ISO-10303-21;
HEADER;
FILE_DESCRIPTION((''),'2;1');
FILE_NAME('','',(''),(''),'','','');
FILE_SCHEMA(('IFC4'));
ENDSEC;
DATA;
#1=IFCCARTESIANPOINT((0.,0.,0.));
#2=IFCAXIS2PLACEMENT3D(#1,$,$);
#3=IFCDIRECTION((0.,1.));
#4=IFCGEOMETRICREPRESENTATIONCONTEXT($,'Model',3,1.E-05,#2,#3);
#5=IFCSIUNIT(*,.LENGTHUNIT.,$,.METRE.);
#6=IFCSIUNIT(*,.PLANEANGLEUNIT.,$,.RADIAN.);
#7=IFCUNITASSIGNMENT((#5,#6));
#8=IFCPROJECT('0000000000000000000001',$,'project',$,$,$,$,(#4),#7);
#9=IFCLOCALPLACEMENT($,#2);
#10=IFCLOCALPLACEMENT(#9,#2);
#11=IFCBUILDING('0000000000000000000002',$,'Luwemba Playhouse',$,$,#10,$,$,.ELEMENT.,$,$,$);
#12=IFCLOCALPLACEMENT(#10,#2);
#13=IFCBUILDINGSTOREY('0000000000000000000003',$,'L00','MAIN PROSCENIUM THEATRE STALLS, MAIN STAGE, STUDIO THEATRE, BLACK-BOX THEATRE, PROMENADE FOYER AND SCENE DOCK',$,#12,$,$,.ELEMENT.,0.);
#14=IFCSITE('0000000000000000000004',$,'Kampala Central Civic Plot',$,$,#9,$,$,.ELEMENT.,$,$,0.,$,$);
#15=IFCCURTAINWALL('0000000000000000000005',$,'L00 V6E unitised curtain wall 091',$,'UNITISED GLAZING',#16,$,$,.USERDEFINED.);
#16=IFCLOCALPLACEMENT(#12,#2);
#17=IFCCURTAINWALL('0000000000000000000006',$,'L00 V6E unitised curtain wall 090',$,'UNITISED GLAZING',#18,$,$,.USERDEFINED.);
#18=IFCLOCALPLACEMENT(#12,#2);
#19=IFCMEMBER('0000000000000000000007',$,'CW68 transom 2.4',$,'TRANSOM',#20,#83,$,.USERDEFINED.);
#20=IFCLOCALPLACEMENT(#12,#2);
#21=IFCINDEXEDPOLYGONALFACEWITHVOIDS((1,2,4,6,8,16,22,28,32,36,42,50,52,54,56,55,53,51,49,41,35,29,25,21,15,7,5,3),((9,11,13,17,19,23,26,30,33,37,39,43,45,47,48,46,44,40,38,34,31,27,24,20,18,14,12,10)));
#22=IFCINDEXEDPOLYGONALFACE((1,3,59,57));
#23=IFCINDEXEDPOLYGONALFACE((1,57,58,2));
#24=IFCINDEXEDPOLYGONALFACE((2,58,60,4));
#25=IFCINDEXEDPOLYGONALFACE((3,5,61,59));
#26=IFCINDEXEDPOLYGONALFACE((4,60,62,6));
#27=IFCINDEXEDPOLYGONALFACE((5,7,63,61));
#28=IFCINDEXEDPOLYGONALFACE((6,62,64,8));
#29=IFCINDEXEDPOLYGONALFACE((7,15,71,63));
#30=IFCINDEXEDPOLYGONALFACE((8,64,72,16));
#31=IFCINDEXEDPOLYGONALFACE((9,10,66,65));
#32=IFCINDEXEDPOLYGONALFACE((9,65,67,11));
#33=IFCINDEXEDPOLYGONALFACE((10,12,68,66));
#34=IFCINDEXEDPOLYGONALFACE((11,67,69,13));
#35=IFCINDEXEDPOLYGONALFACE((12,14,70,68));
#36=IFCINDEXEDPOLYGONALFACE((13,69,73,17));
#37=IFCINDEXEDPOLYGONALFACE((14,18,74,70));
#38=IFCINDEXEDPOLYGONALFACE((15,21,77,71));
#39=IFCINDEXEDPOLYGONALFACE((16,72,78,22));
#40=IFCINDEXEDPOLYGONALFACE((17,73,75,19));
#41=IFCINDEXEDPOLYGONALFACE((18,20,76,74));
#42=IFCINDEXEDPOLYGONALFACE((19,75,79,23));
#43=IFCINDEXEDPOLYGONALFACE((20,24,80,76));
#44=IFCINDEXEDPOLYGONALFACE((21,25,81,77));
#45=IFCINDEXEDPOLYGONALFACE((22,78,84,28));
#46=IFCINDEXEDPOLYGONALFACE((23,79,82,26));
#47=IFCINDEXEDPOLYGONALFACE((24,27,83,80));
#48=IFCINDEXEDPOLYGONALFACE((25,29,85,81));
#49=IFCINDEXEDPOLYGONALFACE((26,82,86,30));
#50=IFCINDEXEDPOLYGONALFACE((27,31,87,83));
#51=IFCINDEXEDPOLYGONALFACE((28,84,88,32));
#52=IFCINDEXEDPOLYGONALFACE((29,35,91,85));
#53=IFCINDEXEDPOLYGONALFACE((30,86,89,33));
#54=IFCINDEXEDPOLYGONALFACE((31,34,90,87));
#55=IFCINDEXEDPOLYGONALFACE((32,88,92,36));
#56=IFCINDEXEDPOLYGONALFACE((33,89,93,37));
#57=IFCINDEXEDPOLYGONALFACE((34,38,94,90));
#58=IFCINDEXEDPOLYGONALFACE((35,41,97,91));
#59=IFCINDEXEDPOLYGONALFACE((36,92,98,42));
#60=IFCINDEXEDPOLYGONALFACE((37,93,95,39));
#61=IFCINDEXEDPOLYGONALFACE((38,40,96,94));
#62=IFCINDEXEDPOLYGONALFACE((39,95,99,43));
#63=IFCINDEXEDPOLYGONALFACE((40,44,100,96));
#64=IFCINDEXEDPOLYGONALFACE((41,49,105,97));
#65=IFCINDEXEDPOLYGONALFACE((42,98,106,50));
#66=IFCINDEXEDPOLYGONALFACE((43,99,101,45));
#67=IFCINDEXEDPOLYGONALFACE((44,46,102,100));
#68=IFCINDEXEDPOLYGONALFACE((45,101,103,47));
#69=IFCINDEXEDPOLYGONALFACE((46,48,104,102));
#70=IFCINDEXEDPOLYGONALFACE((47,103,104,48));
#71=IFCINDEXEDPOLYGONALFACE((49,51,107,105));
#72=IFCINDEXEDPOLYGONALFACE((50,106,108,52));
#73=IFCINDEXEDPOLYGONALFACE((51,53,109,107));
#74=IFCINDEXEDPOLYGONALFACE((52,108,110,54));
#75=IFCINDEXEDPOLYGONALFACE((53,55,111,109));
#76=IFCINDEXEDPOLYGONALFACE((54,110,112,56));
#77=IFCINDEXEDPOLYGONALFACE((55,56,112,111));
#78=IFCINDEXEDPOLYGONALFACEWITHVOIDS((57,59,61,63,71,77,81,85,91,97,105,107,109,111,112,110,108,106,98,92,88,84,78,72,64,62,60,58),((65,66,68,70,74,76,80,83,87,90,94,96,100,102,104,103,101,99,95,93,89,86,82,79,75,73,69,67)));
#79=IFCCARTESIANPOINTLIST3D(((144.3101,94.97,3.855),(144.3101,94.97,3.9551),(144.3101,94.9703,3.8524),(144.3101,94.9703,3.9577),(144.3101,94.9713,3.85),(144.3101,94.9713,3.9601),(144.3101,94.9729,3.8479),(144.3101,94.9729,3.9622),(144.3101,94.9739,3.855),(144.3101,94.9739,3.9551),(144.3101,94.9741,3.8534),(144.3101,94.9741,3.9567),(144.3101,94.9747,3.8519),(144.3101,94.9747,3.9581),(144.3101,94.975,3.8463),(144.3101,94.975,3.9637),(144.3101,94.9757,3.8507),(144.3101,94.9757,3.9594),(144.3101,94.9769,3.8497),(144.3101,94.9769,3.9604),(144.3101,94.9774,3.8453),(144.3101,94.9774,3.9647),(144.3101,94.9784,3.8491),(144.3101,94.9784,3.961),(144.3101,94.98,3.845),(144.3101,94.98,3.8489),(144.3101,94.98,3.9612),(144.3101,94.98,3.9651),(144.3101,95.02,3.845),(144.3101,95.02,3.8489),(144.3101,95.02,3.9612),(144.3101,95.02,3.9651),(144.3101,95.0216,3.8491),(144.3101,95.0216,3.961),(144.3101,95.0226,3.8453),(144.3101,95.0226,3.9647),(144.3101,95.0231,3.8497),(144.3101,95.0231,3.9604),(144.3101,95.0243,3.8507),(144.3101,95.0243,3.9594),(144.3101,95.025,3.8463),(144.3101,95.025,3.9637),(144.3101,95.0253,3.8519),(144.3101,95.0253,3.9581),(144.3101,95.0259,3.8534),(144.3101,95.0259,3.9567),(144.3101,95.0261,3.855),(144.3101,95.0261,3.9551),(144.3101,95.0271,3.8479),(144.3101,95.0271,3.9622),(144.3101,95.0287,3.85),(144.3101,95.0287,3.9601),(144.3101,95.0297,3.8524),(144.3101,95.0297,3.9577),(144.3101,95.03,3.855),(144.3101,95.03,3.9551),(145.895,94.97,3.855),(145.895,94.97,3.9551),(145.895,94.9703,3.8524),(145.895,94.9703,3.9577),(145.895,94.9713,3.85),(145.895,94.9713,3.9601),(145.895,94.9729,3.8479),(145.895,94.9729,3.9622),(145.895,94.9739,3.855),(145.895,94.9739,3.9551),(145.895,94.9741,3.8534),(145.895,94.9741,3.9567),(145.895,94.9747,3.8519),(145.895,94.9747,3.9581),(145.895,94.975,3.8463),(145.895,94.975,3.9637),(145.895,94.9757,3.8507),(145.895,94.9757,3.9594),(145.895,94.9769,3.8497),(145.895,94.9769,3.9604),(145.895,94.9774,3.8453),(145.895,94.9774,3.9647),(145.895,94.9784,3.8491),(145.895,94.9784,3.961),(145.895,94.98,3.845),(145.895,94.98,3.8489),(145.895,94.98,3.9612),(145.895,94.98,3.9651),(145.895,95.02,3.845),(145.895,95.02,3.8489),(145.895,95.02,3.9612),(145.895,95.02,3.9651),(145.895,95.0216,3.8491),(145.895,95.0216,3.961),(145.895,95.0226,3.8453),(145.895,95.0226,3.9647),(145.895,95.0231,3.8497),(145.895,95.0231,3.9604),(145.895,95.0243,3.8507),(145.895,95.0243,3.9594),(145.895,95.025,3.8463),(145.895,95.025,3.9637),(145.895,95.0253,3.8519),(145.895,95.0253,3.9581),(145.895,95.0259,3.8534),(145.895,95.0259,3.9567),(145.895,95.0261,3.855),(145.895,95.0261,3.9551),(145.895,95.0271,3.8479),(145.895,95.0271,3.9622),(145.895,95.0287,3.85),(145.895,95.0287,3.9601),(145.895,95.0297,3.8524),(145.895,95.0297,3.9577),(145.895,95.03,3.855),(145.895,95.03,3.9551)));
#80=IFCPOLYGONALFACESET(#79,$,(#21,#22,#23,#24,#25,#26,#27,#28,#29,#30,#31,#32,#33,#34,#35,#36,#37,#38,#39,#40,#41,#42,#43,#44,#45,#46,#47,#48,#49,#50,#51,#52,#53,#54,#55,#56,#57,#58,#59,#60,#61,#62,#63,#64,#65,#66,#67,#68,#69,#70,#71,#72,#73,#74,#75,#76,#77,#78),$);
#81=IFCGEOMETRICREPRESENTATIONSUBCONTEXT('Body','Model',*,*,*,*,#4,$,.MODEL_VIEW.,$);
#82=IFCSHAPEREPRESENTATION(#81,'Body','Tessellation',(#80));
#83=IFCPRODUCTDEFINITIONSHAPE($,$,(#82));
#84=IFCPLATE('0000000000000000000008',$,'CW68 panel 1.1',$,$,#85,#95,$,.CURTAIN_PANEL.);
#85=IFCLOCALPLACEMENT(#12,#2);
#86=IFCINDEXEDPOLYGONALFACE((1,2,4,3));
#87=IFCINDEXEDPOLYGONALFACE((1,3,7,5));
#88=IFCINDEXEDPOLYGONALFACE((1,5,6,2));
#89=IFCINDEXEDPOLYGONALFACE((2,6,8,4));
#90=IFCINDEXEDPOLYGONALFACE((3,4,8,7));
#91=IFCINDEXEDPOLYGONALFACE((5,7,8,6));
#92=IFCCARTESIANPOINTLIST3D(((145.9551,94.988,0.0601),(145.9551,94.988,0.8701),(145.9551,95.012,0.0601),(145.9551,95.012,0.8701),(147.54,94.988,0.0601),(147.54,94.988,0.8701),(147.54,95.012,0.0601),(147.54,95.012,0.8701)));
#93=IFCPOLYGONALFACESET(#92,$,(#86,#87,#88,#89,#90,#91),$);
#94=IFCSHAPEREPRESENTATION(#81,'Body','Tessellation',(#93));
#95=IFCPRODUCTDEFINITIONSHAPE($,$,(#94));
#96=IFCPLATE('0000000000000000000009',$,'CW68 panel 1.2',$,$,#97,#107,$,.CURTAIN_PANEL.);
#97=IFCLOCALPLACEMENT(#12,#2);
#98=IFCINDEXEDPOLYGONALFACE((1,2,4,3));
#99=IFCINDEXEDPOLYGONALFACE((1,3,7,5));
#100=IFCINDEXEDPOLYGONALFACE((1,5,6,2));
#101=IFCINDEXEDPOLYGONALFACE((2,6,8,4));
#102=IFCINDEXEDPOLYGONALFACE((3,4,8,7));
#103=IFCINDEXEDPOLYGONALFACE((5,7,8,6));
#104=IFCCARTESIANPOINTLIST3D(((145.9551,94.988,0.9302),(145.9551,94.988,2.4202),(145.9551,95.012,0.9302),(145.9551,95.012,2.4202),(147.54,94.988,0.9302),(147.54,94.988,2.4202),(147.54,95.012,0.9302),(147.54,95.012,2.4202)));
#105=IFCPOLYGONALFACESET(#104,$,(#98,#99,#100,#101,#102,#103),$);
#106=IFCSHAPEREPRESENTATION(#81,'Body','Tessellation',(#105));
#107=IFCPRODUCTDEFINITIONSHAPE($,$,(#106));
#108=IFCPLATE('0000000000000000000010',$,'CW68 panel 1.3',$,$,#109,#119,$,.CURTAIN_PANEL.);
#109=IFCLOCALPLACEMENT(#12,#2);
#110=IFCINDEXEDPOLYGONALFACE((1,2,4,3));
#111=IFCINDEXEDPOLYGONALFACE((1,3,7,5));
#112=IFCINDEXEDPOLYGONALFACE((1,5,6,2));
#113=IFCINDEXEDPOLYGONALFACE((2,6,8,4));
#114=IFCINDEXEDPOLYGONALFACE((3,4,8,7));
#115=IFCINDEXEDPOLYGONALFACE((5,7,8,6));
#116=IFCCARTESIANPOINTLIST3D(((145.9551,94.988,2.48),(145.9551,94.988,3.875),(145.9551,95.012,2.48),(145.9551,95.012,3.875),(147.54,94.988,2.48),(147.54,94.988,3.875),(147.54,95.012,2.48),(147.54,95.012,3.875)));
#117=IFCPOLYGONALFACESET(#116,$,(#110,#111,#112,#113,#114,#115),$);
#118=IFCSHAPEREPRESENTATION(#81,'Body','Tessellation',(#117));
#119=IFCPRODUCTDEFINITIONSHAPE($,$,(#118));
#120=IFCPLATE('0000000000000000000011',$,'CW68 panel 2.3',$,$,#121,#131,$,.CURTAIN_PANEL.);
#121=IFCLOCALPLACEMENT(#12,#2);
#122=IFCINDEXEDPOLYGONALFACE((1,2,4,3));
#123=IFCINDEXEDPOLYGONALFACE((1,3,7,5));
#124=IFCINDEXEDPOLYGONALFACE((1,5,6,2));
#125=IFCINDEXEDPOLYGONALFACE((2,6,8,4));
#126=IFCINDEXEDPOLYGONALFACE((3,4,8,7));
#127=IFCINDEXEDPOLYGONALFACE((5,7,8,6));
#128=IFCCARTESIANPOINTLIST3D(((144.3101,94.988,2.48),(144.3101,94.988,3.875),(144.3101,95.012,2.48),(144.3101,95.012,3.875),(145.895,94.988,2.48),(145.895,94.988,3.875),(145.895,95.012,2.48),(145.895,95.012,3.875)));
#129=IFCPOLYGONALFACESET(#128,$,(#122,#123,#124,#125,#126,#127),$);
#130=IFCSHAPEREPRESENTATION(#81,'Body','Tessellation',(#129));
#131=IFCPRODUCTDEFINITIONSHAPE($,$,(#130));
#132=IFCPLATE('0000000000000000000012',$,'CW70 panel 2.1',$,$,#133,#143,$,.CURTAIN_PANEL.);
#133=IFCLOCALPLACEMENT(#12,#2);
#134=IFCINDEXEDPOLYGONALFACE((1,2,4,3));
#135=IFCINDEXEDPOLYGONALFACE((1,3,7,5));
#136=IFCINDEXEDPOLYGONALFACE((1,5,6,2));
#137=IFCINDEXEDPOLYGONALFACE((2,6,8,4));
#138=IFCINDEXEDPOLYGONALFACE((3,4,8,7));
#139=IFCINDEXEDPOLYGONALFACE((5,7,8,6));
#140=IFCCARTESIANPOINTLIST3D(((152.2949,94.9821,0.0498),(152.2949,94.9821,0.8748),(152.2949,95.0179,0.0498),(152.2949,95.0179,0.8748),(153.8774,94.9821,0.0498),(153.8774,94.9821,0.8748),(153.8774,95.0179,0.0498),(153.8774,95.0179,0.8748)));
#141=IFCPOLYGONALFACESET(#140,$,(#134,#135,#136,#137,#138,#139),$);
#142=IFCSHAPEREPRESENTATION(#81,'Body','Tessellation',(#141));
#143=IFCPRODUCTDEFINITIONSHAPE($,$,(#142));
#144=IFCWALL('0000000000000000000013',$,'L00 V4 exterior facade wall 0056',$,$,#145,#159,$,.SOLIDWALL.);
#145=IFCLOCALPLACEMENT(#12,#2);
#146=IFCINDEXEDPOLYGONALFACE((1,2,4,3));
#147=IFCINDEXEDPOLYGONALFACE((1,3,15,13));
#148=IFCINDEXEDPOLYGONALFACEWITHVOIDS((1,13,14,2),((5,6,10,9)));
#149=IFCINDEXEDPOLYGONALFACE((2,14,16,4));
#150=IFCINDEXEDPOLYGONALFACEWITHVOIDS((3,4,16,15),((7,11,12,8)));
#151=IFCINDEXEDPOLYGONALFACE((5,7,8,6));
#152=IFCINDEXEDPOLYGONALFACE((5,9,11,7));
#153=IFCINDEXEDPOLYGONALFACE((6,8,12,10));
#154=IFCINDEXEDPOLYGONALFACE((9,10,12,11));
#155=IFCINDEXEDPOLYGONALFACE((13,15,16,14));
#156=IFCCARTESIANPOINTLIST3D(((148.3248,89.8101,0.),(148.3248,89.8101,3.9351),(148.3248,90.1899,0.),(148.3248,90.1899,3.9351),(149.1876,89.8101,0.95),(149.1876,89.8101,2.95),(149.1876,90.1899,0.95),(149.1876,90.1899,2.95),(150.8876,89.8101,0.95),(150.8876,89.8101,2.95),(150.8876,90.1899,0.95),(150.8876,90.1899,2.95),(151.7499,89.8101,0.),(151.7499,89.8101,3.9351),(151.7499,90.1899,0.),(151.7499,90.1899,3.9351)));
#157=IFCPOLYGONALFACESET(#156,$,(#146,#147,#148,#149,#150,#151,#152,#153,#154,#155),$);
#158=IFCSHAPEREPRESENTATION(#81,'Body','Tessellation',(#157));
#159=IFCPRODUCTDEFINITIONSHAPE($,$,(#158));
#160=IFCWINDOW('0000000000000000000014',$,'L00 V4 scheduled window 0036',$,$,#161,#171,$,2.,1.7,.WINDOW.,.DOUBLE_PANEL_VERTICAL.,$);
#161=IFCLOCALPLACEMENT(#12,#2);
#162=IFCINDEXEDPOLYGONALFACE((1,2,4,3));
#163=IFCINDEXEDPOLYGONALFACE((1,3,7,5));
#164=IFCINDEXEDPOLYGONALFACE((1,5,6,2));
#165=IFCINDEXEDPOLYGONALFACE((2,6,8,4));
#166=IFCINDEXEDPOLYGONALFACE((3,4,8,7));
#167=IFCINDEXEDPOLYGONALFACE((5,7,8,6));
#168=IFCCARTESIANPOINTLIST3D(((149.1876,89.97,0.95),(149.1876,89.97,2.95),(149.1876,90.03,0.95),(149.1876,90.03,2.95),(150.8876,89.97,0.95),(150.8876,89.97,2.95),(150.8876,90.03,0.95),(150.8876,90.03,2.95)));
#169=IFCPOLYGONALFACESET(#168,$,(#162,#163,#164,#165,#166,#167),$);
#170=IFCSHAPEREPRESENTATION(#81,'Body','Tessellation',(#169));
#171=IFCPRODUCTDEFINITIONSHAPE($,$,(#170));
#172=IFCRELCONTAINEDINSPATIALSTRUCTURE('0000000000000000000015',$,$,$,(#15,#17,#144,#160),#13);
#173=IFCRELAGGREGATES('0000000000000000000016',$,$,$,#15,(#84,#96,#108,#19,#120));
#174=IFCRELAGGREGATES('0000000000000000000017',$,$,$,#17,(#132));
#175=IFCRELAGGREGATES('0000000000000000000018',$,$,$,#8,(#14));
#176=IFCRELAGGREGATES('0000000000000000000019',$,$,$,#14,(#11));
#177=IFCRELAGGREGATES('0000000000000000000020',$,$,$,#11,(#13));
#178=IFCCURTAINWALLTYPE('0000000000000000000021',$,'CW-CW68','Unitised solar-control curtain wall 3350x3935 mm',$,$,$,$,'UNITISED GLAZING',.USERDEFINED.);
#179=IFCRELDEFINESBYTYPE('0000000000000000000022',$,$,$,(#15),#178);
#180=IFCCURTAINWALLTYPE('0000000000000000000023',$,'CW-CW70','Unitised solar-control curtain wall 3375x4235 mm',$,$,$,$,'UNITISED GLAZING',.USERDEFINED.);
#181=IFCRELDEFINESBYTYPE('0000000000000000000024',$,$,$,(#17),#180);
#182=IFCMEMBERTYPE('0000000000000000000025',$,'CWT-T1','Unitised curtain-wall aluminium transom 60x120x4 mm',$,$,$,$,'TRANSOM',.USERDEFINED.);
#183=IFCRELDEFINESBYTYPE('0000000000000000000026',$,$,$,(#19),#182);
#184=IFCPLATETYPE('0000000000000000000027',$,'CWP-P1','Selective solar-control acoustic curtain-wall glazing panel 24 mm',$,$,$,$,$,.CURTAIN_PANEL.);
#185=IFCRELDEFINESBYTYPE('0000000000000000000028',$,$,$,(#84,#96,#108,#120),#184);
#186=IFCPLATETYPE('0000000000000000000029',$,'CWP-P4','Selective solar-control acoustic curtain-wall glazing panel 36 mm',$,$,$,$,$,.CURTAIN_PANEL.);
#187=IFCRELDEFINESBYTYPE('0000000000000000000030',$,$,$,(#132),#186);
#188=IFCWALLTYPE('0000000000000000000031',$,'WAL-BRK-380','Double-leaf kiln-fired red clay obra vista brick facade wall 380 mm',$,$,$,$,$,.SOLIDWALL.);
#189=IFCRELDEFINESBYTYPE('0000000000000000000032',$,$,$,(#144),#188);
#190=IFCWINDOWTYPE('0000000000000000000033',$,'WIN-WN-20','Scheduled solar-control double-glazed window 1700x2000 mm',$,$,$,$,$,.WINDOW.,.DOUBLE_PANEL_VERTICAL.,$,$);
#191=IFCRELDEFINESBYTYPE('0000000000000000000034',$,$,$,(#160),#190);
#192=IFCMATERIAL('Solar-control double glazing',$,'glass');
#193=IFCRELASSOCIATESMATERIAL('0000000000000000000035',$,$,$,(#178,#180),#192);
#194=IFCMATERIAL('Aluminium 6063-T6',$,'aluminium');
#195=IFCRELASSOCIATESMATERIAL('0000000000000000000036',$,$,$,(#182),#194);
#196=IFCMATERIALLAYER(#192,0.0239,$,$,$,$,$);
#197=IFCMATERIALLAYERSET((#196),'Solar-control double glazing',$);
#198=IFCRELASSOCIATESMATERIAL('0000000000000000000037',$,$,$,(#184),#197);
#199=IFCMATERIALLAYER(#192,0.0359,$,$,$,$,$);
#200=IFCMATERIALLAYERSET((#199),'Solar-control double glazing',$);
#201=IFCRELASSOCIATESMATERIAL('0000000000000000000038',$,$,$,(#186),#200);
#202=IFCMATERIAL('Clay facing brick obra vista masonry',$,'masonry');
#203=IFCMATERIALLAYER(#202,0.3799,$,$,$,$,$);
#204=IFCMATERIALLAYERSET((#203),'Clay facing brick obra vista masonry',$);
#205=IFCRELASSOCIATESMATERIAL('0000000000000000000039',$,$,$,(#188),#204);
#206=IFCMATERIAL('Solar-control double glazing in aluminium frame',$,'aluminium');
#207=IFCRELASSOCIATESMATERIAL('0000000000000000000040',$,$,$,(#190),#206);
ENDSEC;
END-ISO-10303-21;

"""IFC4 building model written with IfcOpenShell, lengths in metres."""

from ifc_helpers import new_model, si_unit, direction, frame, frame_2d, origin, origin_2d, place, context, subcontext, project, spatial, rectangle, hollow_rectangle, extrude, material, layer, layer_set, material_profile, profile_set, type_object, element, fill, aggregate, save


model = new_model("IFC4")

# Units and contexts
model_context = context("Model", 3, precision=1e-05, world=origin(), true_north=direction((0.0, 1.0)))
body_context = subcontext(model_context, "Body", "Model", "MODEL_VIEW")
ifc_project = project(units=[si_unit("LENGTHUNIT", "METRE"), si_unit("PLANEANGLEUNIT", "RADIAN")], contexts=[model_context])

# Site, building, storey
site_placement = place(None, origin())
site = spatial("IfcSite", under=ifc_project, at=site_placement, Name="Kampala Central Civic Plot", CompositionType="ELEMENT", RefElevation=0.0)
building_placement = place(site_placement, origin())
building = spatial("IfcBuilding", under=site, at=building_placement, Name="Luwemba Playhouse", CompositionType="ELEMENT")
storey_placement = place(building_placement, origin())
storey = spatial("IfcBuildingStorey", under=building, at=storey_placement, Name="L00", Description="MAIN PROSCENIUM THEATRE STALLS, MAIN STAGE, STUDIO THEATRE, BLACK-BOX THEATRE, PROMENADE FOYER AND SCENE DOCK", CompositionType="ELEMENT", Elevation=0.0)

# Curtain wall
ifc_material_1 = material(Name="Solar-control double glazing", Category="glass")
curtain_wall_type_1 = type_object("IfcCurtainWallType", Name="CW-CW68", Description="Unitised solar-control curtain wall 3350x3935 mm", ElementType="UNITISED GLAZING", PredefinedType="USERDEFINED", material=ifc_material_1)
curtain_wall_1_placement = place(storey_placement, origin())
curtain_wall_1 = element("IfcCurtainWall", 1, at=curtain_wall_1_placement, inside=storey, type_object=curtain_wall_type_1, Name="L00 V6E unitised curtain wall 091", ObjectType="UNITISED GLAZING", PredefinedType="USERDEFINED")
ifc_material_2 = material(Name="Aluminium 6063-T6", Category="aluminium")

# Curtain wall
curtain_wall_type_2 = type_object("IfcCurtainWallType", Name="CW-CW70", Description="Unitised solar-control curtain wall 3375x4235 mm", ElementType="UNITISED GLAZING", PredefinedType="USERDEFINED", material=ifc_material_1)
curtain_wall_2_placement = place(storey_placement, origin())
curtain_wall_2 = element("IfcCurtainWall", 2, at=curtain_wall_2_placement, inside=storey, type_object=curtain_wall_type_2, Name="L00 V6E unitised curtain wall 090", ObjectType="UNITISED GLAZING", PredefinedType="USERDEFINED")

# Member
ifc_material_profile_1 = material_profile(ifc_material_2, hollow_rectangle(XDim=0.0601, YDim=0.1201, WallThickness=0.0039, InnerFilletRadius=0.0061, OuterFilletRadius=0.01, at=origin_2d()))
ifc_profile_set_1 = profile_set([ifc_material_profile_1], Name="Aluminium 6063-T6")
member_type_1 = type_object("IfcMemberType", Name="CWT-T1", Description="Unitised curtain-wall aluminium transom 60x120x4 mm", ElementType="TRANSOM", PredefinedType="USERDEFINED", material=ifc_profile_set_1)
member_1_placement = place(storey_placement, frame((145.895, 95.0, 3.905), z_axis=(-1.0, 0.0, 0.0), x_axis=(0.0, -1.0, 0.0)))
member_1 = element("IfcMember", 3, at=member_1_placement, type_object=member_type_1, Name="CW68 transom 2.4", ObjectType="TRANSOM", PredefinedType="USERDEFINED", context=body_context, shape_type="SweptSolid", body=[
    extrude(hollow_rectangle(XDim=0.0601, YDim=0.1201, WallThickness=0.0039, InnerFilletRadius=0.0061, OuterFilletRadius=0.01, at=origin_2d()), origin(), (0.0, 0.0, 1.0), 1.585),
])

# Plates
ifc_layer_1 = layer(ifc_material_1, 0.0239)
ifc_layer_set_1 = layer_set([ifc_layer_1], Name="Solar-control double glazing")
plate_type_1 = type_object("IfcPlateType", Name="CWP-P1", Description="Selective solar-control acoustic curtain-wall glazing panel 24 mm", PredefinedType="CURTAIN_PANEL", material=ifc_layer_set_1)
plate_1_placement = place(storey_placement, frame((146.7476, 95.0, 0.0601), z_axis=(0.0, 0.0, 1.0), x_axis=(-1.0, 0.0, 0.0)))
plate_1 = element("IfcPlate", 4, at=plate_1_placement, type_object=plate_type_1, Name="CW68 panel 1.1", PredefinedType="CURTAIN_PANEL", context=body_context, shape_type="SweptSolid", body=[
    extrude(rectangle(XDim=1.585, YDim=0.0239, at=origin_2d()), origin(), (0.0, 0.0, 1.0), 0.8101),
])
plate_2_placement = place(storey_placement, frame((146.7476, 95.0, 0.9302), z_axis=(0.0, 0.0, 1.0), x_axis=(-1.0, 0.0, 0.0)))
plate_2 = element("IfcPlate", 5, at=plate_2_placement, type_object=plate_type_1, Name="CW68 panel 1.2", PredefinedType="CURTAIN_PANEL", context=body_context, shape_type="SweptSolid", body=[
    extrude(rectangle(XDim=1.585, YDim=0.0239, at=origin_2d()), origin(), (0.0, 0.0, 1.0), 1.49),
])
plate_3_placement = place(storey_placement, frame((146.7476, 95.0, 2.48), z_axis=(0.0, 0.0, 1.0), x_axis=(-1.0, 0.0, 0.0)))
plate_3 = element("IfcPlate", 6, at=plate_3_placement, type_object=plate_type_1, Name="CW68 panel 1.3", PredefinedType="CURTAIN_PANEL", context=body_context, shape_type="SweptSolid", body=[
    extrude(rectangle(XDim=1.585, YDim=0.0239, at=origin_2d()), origin(), (0.0, 0.0, 1.0), 1.395),
])
plate_4_placement = place(storey_placement, frame((145.1025, 95.0, 2.48), z_axis=(0.0, 0.0, 1.0), x_axis=(-1.0, 0.0, 0.0)))
plate_4 = element("IfcPlate", 7, at=plate_4_placement, type_object=plate_type_1, Name="CW68 panel 2.3", PredefinedType="CURTAIN_PANEL", context=body_context, shape_type="SweptSolid", body=[
    extrude(rectangle(XDim=1.585, YDim=0.0239, at=origin_2d()), origin(), (0.0, 0.0, 1.0), 1.395),
])
aggregate(curtain_wall_1, [plate_1, plate_2, plate_3, member_1, plate_4])
ifc_layer_2 = layer(ifc_material_1, 0.0359)
ifc_layer_set_2 = layer_set([ifc_layer_2], Name="Solar-control double glazing")
plate_type_2 = type_object("IfcPlateType", Name="CWP-P4", Description="Selective solar-control acoustic curtain-wall glazing panel 36 mm", PredefinedType="CURTAIN_PANEL", material=ifc_layer_set_2)
plate_5_placement = place(storey_placement, frame((153.0862, 95.0, 0.0498), z_axis=(0.0, 0.0, 1.0), x_axis=(-1.0, 0.0, 0.0)))
plate_5 = element("IfcPlate", 8, at=plate_5_placement, type_object=plate_type_2, Name="CW70 panel 2.1", PredefinedType="CURTAIN_PANEL", context=body_context, shape_type="SweptSolid", body=[
    extrude(rectangle(XDim=1.5825, YDim=0.0359, at=origin_2d()), origin(), (0.0, 0.0, 1.0), 0.825),
])
aggregate(curtain_wall_2, [plate_5])

# Wall, opening, window
ifc_material_3 = material(Name="Clay facing brick obra vista masonry", Category="masonry")
ifc_layer_3 = layer(ifc_material_3, 0.3799)
ifc_layer_set_3 = layer_set([ifc_layer_3], Name="Clay facing brick obra vista masonry")
wall_type_1 = type_object("IfcWallType", Name="WAL-BRK-380", Description="Double-leaf kiln-fired red clay obra vista brick facade wall 380 mm", PredefinedType="SOLIDWALL", material=ifc_layer_set_3)
wall_1_placement = place(storey_placement, frame((148.325, 90.0, 0.0), z_axis=(0.0, 0.0, 1.0), x_axis=(1.0, 0.0, 0.0)))
wall_1 = element("IfcWall", 9, at=wall_1_placement, inside=storey, type_object=wall_type_1, Name="L00 V4 exterior facade wall 0056", PredefinedType="SOLIDWALL", context=body_context, shape_type="SweptSolid", body=[
    extrude(rectangle(XDim=3.425, YDim=0.3799, at=frame_2d((1.7124, 0.0))), origin(), (0.0, 0.0, 1.0), 3.9351),
])
opening_1_placement = place(wall_1_placement, frame((0.8625, 0.0, 0.95)))
opening_1 = element("IfcOpeningElement", 10, at=opening_1_placement, cuts=wall_1, PredefinedType="OPENING", context=body_context, shape_type="SweptSolid", body=[
    extrude(rectangle(XDim=1.7, YDim=2.0, at=frame_2d((0.8501, 1.0))), frame((0.0, 0.2, 0.0), z_axis=(0.0, -1.0, 0.0), x_axis=(1.0, 0.0, 0.0)), (0.0, 0.0, 1.0), 0.3999),
])
ifc_material_4 = material(Name="Solar-control double glazing in aluminium frame", Category="aluminium")
window_type_1 = type_object("IfcWindowType", Name="WIN-WN-20", Description="Scheduled solar-control double-glazed window 1700x2000 mm", PartitioningType="DOUBLE_PANEL_VERTICAL", PredefinedType="WINDOW", material=ifc_material_4)
window_1_placement = place(opening_1_placement, origin())
window_1 = element("IfcWindow", 11, at=window_1_placement, inside=storey, type_object=window_type_1, Name="L00 V4 scheduled window 0036", OverallHeight=2.0, OverallWidth=1.7, PartitioningType="DOUBLE_PANEL_VERTICAL", PredefinedType="WINDOW", context=body_context, shape_type="SweptSolid", body=[
    extrude(rectangle(XDim=1.7, YDim=2.0, at=frame_2d((0.8501, 1.0))), frame((0.0, 0.03, 0.0), z_axis=(0.0, -1.0, 0.0), x_axis=(1.0, 0.0, 0.0)), (0.0, 0.0, 1.0), 0.0601),
])
fill(opening_1, window_1)

save(model, "model.ifc")
